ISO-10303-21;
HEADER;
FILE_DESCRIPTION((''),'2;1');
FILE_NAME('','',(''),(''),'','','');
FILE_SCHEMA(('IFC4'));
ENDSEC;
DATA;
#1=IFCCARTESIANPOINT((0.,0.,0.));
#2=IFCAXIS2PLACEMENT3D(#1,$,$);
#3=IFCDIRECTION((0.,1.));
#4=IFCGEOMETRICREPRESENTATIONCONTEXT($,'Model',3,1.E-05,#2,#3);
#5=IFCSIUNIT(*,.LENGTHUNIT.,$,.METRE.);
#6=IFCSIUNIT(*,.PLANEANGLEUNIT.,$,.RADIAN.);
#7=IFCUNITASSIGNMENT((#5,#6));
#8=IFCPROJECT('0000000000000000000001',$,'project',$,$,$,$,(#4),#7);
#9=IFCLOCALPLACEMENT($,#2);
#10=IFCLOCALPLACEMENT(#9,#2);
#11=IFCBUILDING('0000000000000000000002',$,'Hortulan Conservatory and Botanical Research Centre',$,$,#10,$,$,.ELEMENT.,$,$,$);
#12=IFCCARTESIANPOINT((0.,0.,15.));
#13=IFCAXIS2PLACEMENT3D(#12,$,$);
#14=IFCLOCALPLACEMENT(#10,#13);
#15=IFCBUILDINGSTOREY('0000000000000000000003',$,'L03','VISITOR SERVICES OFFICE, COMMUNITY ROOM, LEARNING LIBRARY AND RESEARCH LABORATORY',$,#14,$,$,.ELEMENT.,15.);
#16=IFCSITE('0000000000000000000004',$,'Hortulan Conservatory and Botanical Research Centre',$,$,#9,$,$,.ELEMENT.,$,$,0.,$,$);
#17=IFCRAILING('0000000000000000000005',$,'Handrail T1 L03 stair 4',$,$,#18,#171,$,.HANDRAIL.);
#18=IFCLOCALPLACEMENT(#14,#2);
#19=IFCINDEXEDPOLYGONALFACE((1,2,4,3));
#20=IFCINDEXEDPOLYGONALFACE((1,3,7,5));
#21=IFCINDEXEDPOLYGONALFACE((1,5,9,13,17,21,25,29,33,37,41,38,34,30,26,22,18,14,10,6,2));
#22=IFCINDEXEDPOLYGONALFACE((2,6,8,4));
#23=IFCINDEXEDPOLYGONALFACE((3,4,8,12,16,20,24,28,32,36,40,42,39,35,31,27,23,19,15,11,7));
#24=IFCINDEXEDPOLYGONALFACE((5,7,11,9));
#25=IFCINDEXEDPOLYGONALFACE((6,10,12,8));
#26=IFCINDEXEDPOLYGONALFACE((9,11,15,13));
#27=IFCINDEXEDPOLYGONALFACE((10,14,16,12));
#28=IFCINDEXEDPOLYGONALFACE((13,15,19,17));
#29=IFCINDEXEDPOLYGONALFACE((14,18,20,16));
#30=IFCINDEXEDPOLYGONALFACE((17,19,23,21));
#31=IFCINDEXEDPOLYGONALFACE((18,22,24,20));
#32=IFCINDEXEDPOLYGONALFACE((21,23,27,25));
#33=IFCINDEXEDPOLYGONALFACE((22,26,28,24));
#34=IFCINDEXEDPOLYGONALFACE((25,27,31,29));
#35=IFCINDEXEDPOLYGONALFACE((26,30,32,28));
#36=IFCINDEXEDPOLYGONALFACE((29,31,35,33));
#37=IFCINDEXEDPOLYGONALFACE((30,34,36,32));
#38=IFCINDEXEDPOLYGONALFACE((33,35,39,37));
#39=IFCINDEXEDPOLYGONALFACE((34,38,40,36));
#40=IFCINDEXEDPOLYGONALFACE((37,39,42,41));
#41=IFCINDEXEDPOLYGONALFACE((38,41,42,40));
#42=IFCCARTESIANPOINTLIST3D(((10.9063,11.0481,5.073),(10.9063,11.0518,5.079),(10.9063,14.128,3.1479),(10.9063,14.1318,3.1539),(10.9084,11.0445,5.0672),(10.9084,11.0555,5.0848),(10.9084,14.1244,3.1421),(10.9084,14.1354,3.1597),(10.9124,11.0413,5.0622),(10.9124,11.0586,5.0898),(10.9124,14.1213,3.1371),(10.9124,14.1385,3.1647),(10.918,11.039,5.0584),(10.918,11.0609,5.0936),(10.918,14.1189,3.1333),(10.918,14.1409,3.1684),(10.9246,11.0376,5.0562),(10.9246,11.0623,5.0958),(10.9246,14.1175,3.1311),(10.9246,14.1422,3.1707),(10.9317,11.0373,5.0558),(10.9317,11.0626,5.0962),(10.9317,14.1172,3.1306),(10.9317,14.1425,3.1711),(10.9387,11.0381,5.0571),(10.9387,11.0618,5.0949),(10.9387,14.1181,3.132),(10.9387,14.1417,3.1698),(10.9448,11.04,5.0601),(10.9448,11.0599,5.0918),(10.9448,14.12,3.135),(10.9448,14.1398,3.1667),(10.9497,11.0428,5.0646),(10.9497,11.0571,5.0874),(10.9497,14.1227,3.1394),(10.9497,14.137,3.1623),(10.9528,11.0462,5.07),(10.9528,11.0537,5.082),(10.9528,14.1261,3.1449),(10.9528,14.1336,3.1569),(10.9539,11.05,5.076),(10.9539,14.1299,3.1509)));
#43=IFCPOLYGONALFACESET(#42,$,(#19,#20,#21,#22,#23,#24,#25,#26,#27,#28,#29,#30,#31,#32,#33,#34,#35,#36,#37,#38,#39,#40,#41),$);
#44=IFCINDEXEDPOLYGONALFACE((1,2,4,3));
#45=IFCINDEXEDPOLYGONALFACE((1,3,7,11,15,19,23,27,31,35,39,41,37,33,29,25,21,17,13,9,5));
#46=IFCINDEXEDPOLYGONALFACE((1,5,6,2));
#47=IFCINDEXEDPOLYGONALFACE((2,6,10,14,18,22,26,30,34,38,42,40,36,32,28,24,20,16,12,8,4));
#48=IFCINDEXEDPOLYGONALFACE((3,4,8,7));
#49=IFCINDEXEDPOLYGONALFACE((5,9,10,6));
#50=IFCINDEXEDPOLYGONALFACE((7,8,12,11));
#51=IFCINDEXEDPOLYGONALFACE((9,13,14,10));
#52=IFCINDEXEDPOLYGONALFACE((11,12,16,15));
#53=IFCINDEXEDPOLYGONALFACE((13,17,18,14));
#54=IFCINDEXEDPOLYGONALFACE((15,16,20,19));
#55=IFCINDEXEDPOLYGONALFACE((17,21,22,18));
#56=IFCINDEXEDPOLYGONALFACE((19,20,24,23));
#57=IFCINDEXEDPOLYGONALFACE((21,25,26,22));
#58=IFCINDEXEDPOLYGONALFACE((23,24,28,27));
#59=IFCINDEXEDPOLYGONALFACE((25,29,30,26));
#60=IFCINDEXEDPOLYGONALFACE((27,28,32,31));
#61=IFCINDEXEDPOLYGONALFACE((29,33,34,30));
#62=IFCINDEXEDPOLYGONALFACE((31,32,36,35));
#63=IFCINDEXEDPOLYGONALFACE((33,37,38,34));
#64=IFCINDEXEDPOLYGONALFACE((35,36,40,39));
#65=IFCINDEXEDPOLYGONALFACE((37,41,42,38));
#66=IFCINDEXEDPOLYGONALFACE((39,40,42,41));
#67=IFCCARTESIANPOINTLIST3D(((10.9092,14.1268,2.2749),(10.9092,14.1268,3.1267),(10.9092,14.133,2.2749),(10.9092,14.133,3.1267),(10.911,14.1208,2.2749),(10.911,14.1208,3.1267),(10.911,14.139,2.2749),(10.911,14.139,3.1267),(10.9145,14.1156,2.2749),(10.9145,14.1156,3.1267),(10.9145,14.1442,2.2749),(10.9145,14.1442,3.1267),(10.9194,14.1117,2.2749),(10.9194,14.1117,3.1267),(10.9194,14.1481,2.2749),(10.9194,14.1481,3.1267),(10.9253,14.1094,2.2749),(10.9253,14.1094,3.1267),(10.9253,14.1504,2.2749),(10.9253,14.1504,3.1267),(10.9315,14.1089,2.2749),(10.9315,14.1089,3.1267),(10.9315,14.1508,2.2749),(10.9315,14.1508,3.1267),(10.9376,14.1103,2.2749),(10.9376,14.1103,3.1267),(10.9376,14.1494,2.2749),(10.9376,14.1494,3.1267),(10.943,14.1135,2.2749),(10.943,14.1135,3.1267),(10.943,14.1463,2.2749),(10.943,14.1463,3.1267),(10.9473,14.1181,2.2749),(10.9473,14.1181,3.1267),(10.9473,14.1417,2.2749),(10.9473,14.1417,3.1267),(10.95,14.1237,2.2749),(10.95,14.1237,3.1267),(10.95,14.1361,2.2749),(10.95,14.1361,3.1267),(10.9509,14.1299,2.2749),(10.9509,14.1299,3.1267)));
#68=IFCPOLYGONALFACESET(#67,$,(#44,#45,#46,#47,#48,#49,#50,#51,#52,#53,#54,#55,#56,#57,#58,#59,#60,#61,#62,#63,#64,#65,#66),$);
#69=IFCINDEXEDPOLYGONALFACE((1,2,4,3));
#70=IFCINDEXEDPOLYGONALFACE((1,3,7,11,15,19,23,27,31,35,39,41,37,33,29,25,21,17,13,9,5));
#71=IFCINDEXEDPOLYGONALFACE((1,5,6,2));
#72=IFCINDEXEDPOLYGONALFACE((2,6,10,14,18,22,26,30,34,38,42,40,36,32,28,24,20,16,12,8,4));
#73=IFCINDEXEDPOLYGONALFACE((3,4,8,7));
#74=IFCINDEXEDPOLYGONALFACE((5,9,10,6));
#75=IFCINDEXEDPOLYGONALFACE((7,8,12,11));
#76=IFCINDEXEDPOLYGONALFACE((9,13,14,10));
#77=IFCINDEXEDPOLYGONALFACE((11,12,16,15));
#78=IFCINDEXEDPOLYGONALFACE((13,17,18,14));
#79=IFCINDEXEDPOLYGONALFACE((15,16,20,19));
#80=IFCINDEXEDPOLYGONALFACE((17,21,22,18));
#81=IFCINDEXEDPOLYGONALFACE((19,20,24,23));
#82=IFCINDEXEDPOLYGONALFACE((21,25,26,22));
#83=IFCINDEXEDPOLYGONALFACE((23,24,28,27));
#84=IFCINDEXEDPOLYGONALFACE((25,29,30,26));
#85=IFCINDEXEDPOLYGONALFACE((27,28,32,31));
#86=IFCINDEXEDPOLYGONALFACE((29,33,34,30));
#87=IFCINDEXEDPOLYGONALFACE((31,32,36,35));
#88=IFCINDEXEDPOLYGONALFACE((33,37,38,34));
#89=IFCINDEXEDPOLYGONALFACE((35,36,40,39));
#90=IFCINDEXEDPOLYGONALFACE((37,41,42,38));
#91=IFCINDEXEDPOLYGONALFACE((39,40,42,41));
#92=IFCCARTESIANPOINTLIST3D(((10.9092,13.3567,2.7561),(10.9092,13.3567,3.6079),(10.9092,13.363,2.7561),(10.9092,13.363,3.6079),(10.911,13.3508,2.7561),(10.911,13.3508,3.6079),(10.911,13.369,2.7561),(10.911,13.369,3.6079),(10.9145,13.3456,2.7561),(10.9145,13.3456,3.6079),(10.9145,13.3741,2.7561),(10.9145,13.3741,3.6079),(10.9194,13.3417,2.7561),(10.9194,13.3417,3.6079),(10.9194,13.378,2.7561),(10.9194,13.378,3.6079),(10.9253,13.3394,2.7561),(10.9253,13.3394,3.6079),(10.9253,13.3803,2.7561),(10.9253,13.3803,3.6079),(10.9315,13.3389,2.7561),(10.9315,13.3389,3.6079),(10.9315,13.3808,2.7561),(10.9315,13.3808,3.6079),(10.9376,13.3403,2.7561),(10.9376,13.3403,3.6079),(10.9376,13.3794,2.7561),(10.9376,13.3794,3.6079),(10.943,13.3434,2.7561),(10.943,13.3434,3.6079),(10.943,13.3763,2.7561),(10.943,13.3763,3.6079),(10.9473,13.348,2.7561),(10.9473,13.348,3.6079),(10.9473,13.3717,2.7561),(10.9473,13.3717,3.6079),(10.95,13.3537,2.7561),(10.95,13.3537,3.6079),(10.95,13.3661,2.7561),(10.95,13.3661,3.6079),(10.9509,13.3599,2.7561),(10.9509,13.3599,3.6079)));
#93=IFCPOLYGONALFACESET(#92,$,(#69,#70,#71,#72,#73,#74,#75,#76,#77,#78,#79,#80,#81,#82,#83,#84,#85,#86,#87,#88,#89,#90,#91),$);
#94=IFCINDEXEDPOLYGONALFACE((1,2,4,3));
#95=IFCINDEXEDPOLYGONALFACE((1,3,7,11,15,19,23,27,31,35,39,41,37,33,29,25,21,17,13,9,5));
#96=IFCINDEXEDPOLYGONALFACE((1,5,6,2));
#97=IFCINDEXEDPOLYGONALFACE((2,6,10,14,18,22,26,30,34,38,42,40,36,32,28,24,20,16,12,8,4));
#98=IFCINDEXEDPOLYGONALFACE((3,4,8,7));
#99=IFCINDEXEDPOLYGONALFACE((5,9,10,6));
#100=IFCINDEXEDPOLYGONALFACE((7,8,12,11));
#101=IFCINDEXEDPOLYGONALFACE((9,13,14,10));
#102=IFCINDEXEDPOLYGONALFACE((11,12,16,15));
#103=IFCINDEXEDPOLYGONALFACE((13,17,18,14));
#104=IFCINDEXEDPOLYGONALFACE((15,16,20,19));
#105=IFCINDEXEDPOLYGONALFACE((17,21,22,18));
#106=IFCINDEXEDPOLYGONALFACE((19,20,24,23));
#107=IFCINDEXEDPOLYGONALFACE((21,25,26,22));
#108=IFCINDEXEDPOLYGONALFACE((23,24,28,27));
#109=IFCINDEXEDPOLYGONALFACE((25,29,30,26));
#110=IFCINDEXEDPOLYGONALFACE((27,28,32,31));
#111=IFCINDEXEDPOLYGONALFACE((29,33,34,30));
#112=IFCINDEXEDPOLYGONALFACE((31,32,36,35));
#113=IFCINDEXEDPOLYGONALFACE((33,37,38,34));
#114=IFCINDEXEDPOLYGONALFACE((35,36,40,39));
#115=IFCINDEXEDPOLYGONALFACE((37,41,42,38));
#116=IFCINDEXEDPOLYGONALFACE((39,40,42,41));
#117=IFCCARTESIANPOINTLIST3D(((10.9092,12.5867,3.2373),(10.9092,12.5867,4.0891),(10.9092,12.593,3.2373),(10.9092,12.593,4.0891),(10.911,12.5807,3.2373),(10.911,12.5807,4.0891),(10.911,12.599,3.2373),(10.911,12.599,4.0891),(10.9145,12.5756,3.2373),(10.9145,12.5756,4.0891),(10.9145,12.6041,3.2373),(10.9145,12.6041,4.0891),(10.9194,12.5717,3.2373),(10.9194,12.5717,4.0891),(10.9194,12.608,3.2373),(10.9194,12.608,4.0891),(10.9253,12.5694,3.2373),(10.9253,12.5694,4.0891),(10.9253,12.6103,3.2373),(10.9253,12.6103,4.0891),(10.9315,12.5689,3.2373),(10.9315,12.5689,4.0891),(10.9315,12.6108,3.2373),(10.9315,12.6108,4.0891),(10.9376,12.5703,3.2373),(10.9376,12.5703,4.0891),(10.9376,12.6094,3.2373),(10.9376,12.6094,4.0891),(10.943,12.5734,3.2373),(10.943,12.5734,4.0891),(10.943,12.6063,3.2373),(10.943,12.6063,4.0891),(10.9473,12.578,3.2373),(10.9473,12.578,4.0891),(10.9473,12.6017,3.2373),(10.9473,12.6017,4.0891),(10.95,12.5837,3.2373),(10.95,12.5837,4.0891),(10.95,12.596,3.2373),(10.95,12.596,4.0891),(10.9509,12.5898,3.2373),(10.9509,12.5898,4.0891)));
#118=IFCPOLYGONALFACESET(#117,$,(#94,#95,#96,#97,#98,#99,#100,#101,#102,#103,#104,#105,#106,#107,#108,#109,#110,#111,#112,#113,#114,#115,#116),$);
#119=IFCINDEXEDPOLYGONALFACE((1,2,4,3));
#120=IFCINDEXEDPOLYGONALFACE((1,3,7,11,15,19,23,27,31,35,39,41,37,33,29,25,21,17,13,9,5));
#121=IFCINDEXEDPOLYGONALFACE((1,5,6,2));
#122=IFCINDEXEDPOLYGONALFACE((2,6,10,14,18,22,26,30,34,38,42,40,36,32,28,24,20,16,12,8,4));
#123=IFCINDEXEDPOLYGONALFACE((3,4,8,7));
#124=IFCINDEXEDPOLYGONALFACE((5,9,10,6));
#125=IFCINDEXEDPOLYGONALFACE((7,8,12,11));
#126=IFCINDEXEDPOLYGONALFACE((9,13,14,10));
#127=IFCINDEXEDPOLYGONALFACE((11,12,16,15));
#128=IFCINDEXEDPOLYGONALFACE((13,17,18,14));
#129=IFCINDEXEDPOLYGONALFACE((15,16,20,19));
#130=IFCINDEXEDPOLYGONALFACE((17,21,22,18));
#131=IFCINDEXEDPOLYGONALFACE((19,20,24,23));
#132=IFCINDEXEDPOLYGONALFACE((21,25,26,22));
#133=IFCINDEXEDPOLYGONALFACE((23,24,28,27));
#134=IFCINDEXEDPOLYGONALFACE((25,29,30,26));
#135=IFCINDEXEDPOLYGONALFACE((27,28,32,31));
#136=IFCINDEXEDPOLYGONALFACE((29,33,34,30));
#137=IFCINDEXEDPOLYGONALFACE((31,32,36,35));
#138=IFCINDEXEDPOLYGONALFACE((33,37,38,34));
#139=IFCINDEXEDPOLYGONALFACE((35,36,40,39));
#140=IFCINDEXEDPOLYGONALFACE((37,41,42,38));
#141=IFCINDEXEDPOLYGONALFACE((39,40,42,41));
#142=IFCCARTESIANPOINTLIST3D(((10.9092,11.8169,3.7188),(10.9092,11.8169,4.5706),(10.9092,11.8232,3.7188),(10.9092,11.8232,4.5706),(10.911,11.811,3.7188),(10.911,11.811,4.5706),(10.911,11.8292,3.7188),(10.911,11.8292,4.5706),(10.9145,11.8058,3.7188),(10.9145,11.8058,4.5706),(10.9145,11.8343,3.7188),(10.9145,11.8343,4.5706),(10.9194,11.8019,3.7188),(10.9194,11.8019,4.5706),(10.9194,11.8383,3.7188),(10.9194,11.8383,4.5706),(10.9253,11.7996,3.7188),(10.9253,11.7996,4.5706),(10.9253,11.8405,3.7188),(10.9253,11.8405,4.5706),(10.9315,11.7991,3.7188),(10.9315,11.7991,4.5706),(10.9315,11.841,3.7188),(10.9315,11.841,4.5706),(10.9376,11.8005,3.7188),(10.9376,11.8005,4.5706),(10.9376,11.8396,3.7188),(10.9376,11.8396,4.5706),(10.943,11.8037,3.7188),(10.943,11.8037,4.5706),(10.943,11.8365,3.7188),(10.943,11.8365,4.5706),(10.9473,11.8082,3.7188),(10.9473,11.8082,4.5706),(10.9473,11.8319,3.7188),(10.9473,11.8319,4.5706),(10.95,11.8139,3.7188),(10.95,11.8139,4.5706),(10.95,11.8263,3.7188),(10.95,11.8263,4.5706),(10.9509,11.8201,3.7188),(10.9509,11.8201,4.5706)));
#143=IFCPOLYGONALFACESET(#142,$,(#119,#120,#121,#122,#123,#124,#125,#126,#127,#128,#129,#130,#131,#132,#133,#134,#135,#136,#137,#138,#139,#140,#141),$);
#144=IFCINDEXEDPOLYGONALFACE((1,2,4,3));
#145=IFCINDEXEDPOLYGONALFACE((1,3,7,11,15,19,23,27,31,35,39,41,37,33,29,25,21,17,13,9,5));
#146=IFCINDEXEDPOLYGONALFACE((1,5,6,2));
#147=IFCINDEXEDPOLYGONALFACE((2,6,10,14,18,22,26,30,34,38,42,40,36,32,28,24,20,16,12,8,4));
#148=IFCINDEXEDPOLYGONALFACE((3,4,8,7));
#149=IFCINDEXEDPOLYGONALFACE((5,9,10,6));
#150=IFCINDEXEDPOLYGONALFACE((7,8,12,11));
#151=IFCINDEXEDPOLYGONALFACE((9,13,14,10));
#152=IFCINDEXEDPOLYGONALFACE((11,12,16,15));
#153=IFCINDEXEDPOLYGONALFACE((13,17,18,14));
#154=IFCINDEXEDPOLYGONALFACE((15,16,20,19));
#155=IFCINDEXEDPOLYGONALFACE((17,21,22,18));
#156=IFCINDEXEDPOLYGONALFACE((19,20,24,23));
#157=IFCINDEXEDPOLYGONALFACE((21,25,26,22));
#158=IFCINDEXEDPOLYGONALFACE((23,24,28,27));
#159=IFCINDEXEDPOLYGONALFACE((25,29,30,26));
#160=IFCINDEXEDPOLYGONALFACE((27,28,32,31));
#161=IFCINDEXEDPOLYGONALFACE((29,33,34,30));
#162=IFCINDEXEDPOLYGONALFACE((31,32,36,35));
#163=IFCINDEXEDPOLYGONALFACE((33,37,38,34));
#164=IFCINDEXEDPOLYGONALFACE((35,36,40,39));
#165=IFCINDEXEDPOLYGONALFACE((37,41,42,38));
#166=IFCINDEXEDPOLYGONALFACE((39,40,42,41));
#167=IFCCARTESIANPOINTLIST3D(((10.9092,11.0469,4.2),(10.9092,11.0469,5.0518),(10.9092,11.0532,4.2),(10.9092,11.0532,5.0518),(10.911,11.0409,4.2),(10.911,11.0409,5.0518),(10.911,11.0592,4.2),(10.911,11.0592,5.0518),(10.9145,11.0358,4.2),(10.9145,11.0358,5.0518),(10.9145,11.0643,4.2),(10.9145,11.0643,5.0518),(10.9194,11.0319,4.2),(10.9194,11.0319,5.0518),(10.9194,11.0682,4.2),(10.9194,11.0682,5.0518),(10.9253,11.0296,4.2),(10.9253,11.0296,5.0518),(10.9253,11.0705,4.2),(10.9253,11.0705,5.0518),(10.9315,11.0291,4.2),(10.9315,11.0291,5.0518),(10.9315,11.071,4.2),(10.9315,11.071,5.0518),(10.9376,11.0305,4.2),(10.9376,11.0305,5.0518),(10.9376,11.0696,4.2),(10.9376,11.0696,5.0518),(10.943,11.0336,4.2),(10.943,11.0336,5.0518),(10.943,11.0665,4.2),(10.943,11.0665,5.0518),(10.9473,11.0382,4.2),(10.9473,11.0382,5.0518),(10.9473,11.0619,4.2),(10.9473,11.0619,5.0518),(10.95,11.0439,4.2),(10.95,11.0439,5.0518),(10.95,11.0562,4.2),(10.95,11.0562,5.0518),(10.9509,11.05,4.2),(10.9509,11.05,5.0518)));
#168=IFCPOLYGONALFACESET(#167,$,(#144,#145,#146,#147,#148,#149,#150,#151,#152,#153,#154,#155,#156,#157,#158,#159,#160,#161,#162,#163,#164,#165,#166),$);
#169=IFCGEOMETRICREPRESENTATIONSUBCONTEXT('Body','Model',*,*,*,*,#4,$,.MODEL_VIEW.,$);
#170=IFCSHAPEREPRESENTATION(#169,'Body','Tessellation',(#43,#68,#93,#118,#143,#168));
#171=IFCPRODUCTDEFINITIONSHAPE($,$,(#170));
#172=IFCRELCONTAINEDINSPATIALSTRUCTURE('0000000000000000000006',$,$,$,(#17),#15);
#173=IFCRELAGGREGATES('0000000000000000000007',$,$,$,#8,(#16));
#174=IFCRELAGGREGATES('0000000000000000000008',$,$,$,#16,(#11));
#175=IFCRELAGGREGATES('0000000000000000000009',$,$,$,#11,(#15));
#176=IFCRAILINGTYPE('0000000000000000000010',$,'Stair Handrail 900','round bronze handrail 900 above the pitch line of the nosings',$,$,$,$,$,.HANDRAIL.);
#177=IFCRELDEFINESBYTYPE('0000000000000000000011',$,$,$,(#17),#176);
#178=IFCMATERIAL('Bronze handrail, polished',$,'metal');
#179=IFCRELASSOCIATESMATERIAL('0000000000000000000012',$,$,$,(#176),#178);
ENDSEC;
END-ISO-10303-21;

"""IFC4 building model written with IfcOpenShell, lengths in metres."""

from ifc_helpers import new_model, si_unit, direction, frame, origin, origin_2d, place, context, subcontext, project, spatial, circle, extrude, material, type_object, element, save


model = new_model("IFC4")

# Units and contexts
model_context = context("Model", 3, precision=1e-05, world=origin(), true_north=direction((0.0, 1.0)))
body_context = subcontext(model_context, "Body", "Model", "MODEL_VIEW")
ifc_project = project(units=[si_unit("LENGTHUNIT", "METRE"), si_unit("PLANEANGLEUNIT", "RADIAN")], contexts=[model_context])

# Site, building, storey
site_placement = place(None, origin())
site = spatial("IfcSite", under=ifc_project, at=site_placement, Name="Hortulan Conservatory and Botanical Research Centre", CompositionType="ELEMENT", RefElevation=0.0)
building_placement = place(site_placement, origin())
building = spatial("IfcBuilding", under=site, at=building_placement, Name="Hortulan Conservatory and Botanical Research Centre", CompositionType="ELEMENT")
storey_placement = place(building_placement, frame((0.0, 0.0, 15.0)))
storey = spatial("IfcBuildingStorey", under=building, at=storey_placement, Name="L03", Description="VISITOR SERVICES OFFICE, COMMUNITY ROOM, LEARNING LIBRARY AND RESEARCH LABORATORY", CompositionType="ELEMENT", Elevation=15.0)

# Railing
ifc_material_1 = material(Name="Bronze handrail, polished", Category="metal")
railing_type_1 = type_object("IfcRailingType", Name="Stair Handrail 900", Description="round bronze handrail 900 above the pitch line of the nosings", PredefinedType="HANDRAIL", material=ifc_material_1)
railing_1_placement = place(storey_placement, frame((10.9299, 14.1299, 2.2749)))
element("IfcRailing", 1, at=railing_1_placement, inside=storey, type_object=railing_type_1, Name="Handrail T1 L03 stair 4", PredefinedType="HANDRAIL", context=body_context, shape_type="SweptSolid", body=[
    extrude(circle(Radius=0.0239, at=origin_2d()), frame((0.0, 0.0, 0.876), z_axis=(0.0, -0.847979, 0.530029), x_axis=(1.0, 0.0, 0.0)), (0.0, 0.0, 1.0), 3.6321),
    extrude(circle(Radius=0.021, at=origin_2d()), origin(), (0.0, 0.0, 1.0), 0.8518),
    extrude(circle(Radius=0.021, at=origin_2d()), frame((0.0, -0.77, 0.4812)), (0.0, 0.0, 1.0), 0.8518),
    extrude(circle(Radius=0.021, at=origin_2d()), frame((0.0, -1.54, 0.9624)), (0.0, 0.0, 1.0), 0.8518),
    extrude(circle(Radius=0.021, at=origin_2d()), frame((0.0, -2.3098, 1.4438)), (0.0, 0.0, 1.0), 0.8518),
    extrude(circle(Radius=0.021, at=origin_2d()), frame((0.0, -3.0798, 1.925)), (0.0, 0.0, 1.0), 0.8518),
])

save(model, "model.ifc")
